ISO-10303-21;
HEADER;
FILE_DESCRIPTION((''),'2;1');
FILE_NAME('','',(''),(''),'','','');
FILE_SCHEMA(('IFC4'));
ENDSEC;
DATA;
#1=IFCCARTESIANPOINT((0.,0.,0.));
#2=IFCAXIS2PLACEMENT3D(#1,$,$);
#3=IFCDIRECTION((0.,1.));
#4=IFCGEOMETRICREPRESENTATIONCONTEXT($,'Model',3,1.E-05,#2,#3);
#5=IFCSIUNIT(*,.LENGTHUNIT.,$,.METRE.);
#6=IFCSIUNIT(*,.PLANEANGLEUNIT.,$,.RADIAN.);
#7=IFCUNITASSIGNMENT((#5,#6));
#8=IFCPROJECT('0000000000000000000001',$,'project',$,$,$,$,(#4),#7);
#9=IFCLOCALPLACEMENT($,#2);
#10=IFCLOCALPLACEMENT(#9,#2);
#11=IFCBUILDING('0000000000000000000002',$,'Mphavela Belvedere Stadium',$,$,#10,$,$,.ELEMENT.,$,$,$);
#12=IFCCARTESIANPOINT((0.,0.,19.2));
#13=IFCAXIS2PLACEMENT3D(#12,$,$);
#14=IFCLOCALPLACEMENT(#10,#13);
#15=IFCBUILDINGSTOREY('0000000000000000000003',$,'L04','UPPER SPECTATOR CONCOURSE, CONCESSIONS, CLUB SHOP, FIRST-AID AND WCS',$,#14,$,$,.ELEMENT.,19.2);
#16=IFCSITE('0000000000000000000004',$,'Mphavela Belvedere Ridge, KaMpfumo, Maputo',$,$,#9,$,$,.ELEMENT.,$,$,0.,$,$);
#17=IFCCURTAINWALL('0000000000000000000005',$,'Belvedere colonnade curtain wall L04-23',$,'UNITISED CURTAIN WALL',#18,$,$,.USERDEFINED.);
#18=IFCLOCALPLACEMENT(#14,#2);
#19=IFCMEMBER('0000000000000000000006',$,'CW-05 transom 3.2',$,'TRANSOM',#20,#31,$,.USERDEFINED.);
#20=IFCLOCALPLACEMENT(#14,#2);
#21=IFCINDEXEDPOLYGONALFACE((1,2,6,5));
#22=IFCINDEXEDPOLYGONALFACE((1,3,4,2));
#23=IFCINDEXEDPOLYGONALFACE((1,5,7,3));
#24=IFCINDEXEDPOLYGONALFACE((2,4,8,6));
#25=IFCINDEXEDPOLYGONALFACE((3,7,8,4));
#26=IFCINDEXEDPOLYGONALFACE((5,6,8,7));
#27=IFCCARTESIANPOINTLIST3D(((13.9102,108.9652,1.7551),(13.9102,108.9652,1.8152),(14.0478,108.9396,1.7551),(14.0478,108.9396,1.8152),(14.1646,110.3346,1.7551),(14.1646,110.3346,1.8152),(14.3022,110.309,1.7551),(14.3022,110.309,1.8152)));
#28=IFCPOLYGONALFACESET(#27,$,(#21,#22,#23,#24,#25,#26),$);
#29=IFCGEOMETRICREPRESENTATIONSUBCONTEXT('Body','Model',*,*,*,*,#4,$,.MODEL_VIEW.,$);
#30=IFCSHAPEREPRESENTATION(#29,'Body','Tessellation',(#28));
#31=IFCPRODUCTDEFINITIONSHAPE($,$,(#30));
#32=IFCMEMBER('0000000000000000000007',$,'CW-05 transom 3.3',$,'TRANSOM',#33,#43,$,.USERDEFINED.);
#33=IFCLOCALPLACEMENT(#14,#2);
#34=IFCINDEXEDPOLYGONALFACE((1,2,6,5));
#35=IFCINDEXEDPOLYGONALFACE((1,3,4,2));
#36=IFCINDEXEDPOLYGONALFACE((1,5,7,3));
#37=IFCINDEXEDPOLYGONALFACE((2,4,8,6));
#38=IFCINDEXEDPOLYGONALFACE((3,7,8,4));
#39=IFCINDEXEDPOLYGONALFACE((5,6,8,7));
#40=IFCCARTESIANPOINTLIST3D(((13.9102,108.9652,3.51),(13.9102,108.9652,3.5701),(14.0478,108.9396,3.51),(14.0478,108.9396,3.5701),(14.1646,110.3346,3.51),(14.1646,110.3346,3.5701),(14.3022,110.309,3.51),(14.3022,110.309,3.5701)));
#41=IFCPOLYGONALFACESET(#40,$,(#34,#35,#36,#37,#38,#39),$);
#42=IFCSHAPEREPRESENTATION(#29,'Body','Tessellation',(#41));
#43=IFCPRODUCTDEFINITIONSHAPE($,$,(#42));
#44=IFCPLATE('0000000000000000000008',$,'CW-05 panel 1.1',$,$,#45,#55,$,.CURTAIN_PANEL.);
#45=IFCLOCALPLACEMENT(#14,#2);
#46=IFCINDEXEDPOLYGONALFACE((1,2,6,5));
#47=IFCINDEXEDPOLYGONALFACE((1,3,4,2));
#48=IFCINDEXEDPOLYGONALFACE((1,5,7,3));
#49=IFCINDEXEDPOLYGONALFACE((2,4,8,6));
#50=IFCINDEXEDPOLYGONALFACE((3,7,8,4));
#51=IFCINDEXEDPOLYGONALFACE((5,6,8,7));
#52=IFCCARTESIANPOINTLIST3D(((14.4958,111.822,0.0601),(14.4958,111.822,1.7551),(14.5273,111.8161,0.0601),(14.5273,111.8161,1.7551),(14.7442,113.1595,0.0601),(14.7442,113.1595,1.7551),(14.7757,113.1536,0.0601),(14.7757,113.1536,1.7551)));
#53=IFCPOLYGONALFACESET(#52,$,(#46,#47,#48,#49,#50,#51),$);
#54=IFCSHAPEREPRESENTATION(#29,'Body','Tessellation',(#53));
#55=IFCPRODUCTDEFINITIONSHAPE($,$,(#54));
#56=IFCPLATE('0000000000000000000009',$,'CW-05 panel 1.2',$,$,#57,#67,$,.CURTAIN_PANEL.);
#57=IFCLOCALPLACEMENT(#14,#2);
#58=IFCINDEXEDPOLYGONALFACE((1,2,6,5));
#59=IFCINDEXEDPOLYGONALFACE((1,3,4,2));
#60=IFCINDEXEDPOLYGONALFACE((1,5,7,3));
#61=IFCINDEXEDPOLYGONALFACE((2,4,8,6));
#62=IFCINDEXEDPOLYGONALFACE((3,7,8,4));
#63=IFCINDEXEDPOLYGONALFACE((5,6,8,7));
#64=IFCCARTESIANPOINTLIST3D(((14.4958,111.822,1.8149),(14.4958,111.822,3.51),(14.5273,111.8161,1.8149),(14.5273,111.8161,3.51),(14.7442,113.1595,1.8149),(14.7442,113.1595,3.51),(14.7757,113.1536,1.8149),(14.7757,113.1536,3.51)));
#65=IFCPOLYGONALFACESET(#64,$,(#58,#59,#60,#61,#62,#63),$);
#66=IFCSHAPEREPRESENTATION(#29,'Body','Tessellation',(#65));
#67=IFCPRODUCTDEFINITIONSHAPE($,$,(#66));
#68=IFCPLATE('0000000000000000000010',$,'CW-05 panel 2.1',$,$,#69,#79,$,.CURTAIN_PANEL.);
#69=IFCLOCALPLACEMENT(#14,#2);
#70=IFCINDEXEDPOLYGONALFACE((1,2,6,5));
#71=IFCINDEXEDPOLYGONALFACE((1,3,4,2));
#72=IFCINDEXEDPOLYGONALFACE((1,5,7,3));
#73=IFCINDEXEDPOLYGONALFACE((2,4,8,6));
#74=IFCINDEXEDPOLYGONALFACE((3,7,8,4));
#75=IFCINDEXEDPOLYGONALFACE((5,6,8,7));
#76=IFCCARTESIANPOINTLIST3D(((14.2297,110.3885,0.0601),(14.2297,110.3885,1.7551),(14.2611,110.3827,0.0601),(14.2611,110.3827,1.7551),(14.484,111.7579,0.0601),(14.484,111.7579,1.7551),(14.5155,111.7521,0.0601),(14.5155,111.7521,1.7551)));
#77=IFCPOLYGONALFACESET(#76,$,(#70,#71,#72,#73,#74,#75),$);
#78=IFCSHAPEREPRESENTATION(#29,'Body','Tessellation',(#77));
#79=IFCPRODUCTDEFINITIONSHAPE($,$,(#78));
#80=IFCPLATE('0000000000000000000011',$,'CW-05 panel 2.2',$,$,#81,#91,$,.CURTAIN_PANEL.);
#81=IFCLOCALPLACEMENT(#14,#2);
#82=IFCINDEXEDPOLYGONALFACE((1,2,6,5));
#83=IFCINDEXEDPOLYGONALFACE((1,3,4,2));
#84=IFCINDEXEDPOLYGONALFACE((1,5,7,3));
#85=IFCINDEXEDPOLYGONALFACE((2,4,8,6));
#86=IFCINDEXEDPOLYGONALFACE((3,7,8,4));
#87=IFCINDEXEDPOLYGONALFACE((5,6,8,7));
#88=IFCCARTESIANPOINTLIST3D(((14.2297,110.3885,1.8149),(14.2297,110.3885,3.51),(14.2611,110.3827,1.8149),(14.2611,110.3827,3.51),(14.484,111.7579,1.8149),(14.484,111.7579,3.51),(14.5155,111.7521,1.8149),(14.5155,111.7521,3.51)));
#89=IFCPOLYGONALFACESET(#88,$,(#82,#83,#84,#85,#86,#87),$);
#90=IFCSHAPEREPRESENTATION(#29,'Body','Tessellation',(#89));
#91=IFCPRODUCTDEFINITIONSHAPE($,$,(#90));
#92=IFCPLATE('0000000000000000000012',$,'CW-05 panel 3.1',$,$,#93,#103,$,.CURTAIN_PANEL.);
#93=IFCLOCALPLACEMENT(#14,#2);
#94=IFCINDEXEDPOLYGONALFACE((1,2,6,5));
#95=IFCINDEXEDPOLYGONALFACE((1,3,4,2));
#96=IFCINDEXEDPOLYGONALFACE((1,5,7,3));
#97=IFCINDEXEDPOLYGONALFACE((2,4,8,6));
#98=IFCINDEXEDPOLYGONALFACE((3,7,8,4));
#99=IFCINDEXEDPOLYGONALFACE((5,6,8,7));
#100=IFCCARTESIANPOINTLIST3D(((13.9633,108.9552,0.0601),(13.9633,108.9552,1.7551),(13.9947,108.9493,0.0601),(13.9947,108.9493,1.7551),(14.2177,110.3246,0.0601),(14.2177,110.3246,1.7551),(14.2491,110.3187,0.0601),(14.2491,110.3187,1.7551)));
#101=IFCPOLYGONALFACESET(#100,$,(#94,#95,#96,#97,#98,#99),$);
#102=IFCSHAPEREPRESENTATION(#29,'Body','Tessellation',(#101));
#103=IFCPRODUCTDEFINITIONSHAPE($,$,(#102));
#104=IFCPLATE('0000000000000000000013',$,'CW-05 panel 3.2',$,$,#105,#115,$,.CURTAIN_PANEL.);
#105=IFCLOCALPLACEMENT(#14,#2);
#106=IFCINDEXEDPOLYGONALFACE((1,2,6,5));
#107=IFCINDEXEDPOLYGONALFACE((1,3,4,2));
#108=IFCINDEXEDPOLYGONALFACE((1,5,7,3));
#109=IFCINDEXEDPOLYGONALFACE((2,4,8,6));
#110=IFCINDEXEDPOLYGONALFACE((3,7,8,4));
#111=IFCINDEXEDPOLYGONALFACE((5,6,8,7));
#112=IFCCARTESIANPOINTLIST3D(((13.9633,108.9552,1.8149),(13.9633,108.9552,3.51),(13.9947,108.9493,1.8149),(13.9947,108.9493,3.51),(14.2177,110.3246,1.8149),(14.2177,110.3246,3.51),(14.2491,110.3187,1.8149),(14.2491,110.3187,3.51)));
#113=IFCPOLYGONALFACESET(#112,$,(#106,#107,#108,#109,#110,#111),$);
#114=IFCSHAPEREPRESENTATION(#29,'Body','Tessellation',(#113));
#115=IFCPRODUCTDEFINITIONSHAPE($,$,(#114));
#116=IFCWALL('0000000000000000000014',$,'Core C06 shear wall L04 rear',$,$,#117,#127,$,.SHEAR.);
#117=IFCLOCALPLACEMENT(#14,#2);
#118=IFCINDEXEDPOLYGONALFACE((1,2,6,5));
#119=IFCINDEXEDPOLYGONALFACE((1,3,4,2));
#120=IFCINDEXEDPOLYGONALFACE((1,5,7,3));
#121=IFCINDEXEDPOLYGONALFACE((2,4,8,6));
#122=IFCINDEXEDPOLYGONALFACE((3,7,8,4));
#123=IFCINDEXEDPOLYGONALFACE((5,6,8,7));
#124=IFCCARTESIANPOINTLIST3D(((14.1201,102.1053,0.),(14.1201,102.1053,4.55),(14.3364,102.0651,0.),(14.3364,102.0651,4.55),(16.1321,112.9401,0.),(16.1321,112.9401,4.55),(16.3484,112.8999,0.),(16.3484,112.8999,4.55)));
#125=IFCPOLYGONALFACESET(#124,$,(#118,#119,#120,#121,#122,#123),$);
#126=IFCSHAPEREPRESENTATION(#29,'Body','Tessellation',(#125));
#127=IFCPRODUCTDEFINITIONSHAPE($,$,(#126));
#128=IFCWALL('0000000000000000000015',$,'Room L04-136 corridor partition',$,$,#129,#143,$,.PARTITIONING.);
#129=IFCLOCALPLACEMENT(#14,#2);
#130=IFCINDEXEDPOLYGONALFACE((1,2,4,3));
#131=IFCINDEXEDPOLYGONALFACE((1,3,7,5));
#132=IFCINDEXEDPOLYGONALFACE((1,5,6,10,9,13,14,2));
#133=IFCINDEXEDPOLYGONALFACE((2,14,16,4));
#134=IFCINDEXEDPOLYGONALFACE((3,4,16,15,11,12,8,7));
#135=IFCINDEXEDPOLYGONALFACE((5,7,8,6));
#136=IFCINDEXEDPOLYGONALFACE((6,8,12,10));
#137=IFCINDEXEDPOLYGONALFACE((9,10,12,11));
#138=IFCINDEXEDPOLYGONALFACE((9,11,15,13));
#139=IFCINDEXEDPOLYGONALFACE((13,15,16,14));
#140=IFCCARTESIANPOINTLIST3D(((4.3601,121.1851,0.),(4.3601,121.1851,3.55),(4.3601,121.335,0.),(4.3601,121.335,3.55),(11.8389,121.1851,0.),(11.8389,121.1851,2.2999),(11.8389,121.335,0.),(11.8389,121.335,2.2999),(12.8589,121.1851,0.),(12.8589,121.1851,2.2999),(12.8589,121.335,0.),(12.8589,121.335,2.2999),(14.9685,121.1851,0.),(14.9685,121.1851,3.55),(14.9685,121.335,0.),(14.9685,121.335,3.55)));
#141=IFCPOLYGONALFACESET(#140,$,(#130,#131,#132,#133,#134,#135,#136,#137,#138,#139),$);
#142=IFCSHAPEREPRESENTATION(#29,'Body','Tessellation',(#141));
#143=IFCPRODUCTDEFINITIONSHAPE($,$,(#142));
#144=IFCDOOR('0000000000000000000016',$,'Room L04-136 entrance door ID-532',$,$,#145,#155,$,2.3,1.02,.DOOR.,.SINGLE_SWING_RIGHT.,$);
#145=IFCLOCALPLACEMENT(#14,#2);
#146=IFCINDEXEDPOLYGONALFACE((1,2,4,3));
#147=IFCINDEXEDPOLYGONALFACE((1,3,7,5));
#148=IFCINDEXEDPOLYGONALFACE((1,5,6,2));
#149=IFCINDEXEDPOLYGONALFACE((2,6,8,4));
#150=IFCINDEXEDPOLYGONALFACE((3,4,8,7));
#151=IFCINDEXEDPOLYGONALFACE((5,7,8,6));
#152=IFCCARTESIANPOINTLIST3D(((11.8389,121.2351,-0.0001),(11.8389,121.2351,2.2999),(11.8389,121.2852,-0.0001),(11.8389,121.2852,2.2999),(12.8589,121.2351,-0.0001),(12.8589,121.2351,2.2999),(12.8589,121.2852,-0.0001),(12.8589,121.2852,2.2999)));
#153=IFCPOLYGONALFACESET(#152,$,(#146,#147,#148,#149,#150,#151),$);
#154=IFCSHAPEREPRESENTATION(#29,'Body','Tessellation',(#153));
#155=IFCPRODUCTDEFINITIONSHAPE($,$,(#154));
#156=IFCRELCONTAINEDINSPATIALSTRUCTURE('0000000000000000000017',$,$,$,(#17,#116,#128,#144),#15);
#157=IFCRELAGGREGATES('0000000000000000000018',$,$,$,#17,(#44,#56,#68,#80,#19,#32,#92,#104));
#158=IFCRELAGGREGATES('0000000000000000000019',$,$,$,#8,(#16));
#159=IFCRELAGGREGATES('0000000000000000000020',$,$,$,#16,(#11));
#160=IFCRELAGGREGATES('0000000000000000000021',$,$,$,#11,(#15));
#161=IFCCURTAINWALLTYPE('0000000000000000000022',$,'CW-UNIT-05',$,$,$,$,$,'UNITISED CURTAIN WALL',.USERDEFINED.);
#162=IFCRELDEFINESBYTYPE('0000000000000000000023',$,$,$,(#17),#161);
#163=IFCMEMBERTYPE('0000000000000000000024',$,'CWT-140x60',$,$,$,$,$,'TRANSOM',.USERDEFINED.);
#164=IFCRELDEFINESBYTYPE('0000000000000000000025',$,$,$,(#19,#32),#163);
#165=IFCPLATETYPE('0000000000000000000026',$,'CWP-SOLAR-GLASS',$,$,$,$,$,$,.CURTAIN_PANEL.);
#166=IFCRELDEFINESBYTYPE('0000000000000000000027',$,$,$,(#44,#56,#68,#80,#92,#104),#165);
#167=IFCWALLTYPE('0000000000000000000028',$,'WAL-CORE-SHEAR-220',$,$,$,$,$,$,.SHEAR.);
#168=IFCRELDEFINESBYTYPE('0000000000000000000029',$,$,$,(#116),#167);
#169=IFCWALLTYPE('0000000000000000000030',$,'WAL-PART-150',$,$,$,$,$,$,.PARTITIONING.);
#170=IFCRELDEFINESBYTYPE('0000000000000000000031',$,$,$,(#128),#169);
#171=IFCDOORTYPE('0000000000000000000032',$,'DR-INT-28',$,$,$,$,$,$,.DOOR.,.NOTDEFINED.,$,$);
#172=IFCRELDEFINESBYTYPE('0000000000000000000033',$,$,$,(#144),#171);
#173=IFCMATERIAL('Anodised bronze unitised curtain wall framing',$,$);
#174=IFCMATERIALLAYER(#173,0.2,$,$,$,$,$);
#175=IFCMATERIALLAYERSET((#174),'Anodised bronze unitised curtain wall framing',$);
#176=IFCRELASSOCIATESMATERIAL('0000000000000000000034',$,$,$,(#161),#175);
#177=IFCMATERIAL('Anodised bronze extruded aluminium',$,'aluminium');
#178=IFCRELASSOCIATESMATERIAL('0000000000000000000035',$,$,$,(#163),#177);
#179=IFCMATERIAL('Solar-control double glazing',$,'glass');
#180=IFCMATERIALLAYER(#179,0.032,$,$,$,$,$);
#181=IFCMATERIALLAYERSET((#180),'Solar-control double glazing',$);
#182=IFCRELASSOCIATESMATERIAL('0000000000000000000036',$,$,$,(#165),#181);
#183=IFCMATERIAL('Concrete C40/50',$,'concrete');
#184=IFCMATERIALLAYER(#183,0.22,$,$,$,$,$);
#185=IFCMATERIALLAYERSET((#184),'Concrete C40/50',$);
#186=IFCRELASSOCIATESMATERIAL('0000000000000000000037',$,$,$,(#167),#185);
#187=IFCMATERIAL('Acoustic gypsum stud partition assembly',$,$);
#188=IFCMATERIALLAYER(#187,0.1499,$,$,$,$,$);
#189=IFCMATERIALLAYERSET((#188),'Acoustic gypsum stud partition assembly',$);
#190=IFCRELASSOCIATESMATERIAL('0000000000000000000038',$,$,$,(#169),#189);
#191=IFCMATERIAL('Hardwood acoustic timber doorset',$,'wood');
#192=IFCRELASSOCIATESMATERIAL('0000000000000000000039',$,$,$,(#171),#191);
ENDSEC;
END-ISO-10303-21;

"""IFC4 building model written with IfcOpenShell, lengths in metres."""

from ifc_helpers import new_model, si_unit, direction, frame, frame_2d, origin, origin_2d, place, context, subcontext, project, spatial, rectangle, extrude, material, layer, layer_set, material_profile, profile_set, type_object, element, fill, aggregate, save


model = new_model("IFC4")

# Units and contexts
model_context = context("Model", 3, precision=1e-05, world=origin(), true_north=direction((0.0, 1.0)))
body_context = subcontext(model_context, "Body", "Model", "MODEL_VIEW")
ifc_project = project(units=[si_unit("LENGTHUNIT", "METRE"), si_unit("PLANEANGLEUNIT", "RADIAN")], contexts=[model_context])

# Site, building, storey
site_placement = place(None, origin())
site = spatial("IfcSite", under=ifc_project, at=site_placement, Name="Mphavela Belvedere Ridge, KaMpfumo, Maputo", CompositionType="ELEMENT", RefElevation=0.0)
building_placement = place(site_placement, origin())
building = spatial("IfcBuilding", under=site, at=building_placement, Name="Mphavela Belvedere Stadium", CompositionType="ELEMENT")
storey_placement = place(building_placement, frame((0.0, 0.0, 19.2)))
storey = spatial("IfcBuildingStorey", under=building, at=storey_placement, Name="L04", Description="UPPER SPECTATOR CONCOURSE, CONCESSIONS, CLUB SHOP, FIRST-AID AND WCS", CompositionType="ELEMENT", Elevation=19.2)

# Curtain wall, members, plates
ifc_material_1 = material(Name="Anodised bronze unitised curtain wall framing")
ifc_layer_1 = layer(ifc_material_1, 0.2)
ifc_layer_set_1 = layer_set([ifc_layer_1], Name="Anodised bronze unitised curtain wall framing")
curtain_wall_type = type_object("IfcCurtainWallType", Name="CW-UNIT-05", ElementType="UNITISED CURTAIN WALL", PredefinedType="USERDEFINED", material=ifc_layer_set_1)
curtain_wall_placement = place(storey_placement, origin())
curtain_wall = element("IfcCurtainWall", 1, at=curtain_wall_placement, inside=storey, type_object=curtain_wall_type, Name="Belvedere colonnade curtain wall L04-23", ObjectType="UNITISED CURTAIN WALL", PredefinedType="USERDEFINED")
ifc_material_2 = material(Name="Anodised bronze extruded aluminium", Category="aluminium")
ifc_material_profile_1 = material_profile(ifc_material_2, rectangle(XDim=0.1399, YDim=0.0601, at=origin_2d()), Name="CW-TRN 140x60")
ifc_profile_set_1 = profile_set([ifc_material_profile_1], Name="Anodised bronze extruded aluminium")
member_type_1 = type_object("IfcMemberType", Name="CWT-140x60", ElementType="TRANSOM", PredefinedType="USERDEFINED", material=ifc_profile_set_1)
member_1_placement = place(storey_placement, frame((14.2334, 110.3218, 1.7852), z_axis=(-0.182648, -0.983178, 0.0), x_axis=(0.983178, -0.182648, 0.0)))
member_1 = element("IfcMember", 2, at=member_1_placement, type_object=member_type_1, Name="CW-05 transom 3.2", ObjectType="TRANSOM", PredefinedType="USERDEFINED", context=body_context, shape_type="SweptSolid", body=[
    extrude(rectangle(XDim=0.1399, YDim=0.0601, at=origin_2d()), origin(), (0.0, 0.0, 1.0), 1.3928),
])
member_2_placement = place(storey_placement, frame((14.2334, 110.3218, 3.54), z_axis=(-0.182648, -0.983178, 0.0), x_axis=(0.983178, -0.182648, 0.0)))
member_2 = element("IfcMember", 3, at=member_2_placement, type_object=member_type_1, Name="CW-05 transom 3.3", ObjectType="TRANSOM", PredefinedType="USERDEFINED", context=body_context, shape_type="SweptSolid", body=[
    extrude(rectangle(XDim=0.1399, YDim=0.0601, at=origin_2d()), origin(), (0.0, 0.0, 1.0), 1.3928),
])
ifc_material_3 = material(Name="Solar-control double glazing", Category="glass")
ifc_layer_2 = layer(ifc_material_3, 0.032)
ifc_layer_set_2 = layer_set([ifc_layer_2], Name="Solar-control double glazing")
plate_type = type_object("IfcPlateType", Name="CWP-SOLAR-GLASS", PredefinedType="CURTAIN_PANEL", material=ifc_layer_set_2)
plate_1_placement = place(storey_placement, frame((14.6357, 112.4878, 0.0601), z_axis=(0.0, 0.0, 1.0), x_axis=(-0.182618, -0.983184, 0.0)))
plate_1 = element("IfcPlate", 4, at=plate_1_placement, type_object=plate_type, Name="CW-05 panel 1.1", PredefinedType="CURTAIN_PANEL", context=body_context, shape_type="SweptSolid", body=[
    extrude(rectangle(XDim=1.3604, YDim=0.032, at=origin_2d()), origin(), (0.0, 0.0, 1.0), 1.6951),
])
plate_2_placement = place(storey_placement, frame((14.6357, 112.4878, 1.8149), z_axis=(0.0, 0.0, 1.0), x_axis=(-0.182618, -0.983184, 0.0)))
plate_2 = element("IfcPlate", 5, at=plate_2_placement, type_object=plate_type, Name="CW-05 panel 1.2", PredefinedType="CURTAIN_PANEL", context=body_context, shape_type="SweptSolid", body=[
    extrude(rectangle(XDim=1.3604, YDim=0.032, at=origin_2d()), origin(), (0.0, 0.0, 1.0), 1.6951),
])
plate_3_placement = place(storey_placement, frame((14.3726, 111.0703, 0.0601), z_axis=(0.0, 0.0, 1.0), x_axis=(-0.182618, -0.983184, 0.0)))
plate_3 = element("IfcPlate", 6, at=plate_3_placement, type_object=plate_type, Name="CW-05 panel 2.1", PredefinedType="CURTAIN_PANEL", context=body_context, shape_type="SweptSolid", body=[
    extrude(rectangle(XDim=1.3928, YDim=0.032, at=origin_2d()), origin(), (0.0, 0.0, 1.0), 1.6951),
])
plate_4_placement = place(storey_placement, frame((14.3726, 111.0703, 1.8149), z_axis=(0.0, 0.0, 1.0), x_axis=(-0.182618, -0.983184, 0.0)))
plate_4 = element("IfcPlate", 7, at=plate_4_placement, type_object=plate_type, Name="CW-05 panel 2.2", PredefinedType="CURTAIN_PANEL", context=body_context, shape_type="SweptSolid", body=[
    extrude(rectangle(XDim=1.3928, YDim=0.032, at=origin_2d()), origin(), (0.0, 0.0, 1.0), 1.6951),
])
plate_5_placement = place(storey_placement, frame((14.1062, 109.637, 0.0601), z_axis=(0.0, 0.0, 1.0), x_axis=(-0.182618, -0.983184, 0.0)))
plate_5 = element("IfcPlate", 8, at=plate_5_placement, type_object=plate_type, Name="CW-05 panel 3.1", PredefinedType="CURTAIN_PANEL", context=body_context, shape_type="SweptSolid", body=[
    extrude(rectangle(XDim=1.3928, YDim=0.032, at=origin_2d()), origin(), (0.0, 0.0, 1.0), 1.6951),
])
plate_6_placement = place(storey_placement, frame((14.1062, 109.637, 1.8149), z_axis=(0.0, 0.0, 1.0), x_axis=(-0.182618, -0.983184, 0.0)))
plate_6 = element("IfcPlate", 9, at=plate_6_placement, type_object=plate_type, Name="CW-05 panel 3.2", PredefinedType="CURTAIN_PANEL", context=body_context, shape_type="SweptSolid", body=[
    extrude(rectangle(XDim=1.3928, YDim=0.032, at=origin_2d()), origin(), (0.0, 0.0, 1.0), 1.6951),
])
aggregate(curtain_wall, [plate_1, plate_2, plate_3, plate_4, member_1, member_2, plate_5, plate_6])

# Wall
ifc_material_4 = material(Name="Concrete C40/50", Category="concrete")
ifc_layer_3 = layer(ifc_material_4, 0.22)
ifc_layer_set_3 = layer_set([ifc_layer_3], Name="Concrete C40/50")
wall_type_1 = type_object("IfcWallType", Name="WAL-CORE-SHEAR-220", PredefinedType="SHEAR", material=ifc_layer_set_3)
wall_1_placement = place(storey_placement, frame((14.2283, 102.0852, 0.0), z_axis=(0.0, 0.0, 1.0), x_axis=(0.182575, 0.983192, 0.0)))
element("IfcWall", 10, at=wall_1_placement, inside=storey, type_object=wall_type_1, Name="Core C06 shear wall L04 rear", PredefinedType="SHEAR", context=body_context, shape_type="SweptSolid", body=[
    extrude(rectangle(XDim=11.02, YDim=0.22, at=frame_2d((5.51, 0.0))), origin(), (0.0, 0.0, 1.0), 4.55),
])

# Wall, opening, door
ifc_material_5 = material(Name="Acoustic gypsum stud partition assembly")
ifc_layer_4 = layer(ifc_material_5, 0.1499)
ifc_layer_set_4 = layer_set([ifc_layer_4], Name="Acoustic gypsum stud partition assembly")
wall_type_2 = type_object("IfcWallType", Name="WAL-PART-150", PredefinedType="PARTITIONING", material=ifc_layer_set_4)
wall_2_placement = place(storey_placement, frame((14.9685, 121.26, 0.0), z_axis=(0.0, 0.0, 1.0), x_axis=(-1.0, 0.0, 0.0)))
wall_2 = element("IfcWall", 11, at=wall_2_placement, inside=storey, type_object=wall_type_2, Name="Room L04-136 corridor partition", PredefinedType="PARTITIONING", context=body_context, shape_type="SweptSolid", body=[
    extrude(rectangle(XDim=10.6084, YDim=0.1499, at=frame_2d((5.3042, 0.0))), origin(), (0.0, 0.0, 1.0), 3.55),
])
opening_1_placement = place(wall_2_placement, frame((2.1096, 0.0, 0.0)))
opening_1 = element("IfcOpeningElement", 12, at=opening_1_placement, cuts=wall_2, PredefinedType="OPENING", context=body_context, shape_type="SweptSolid", body=[
    extrude(rectangle(XDim=1.02, YDim=2.3, at=frame_2d((0.51, 1.1499))), frame((0.0, 0.085, 0.0), z_axis=(0.0, -1.0, 0.0), x_axis=(1.0, 0.0, 0.0)), (0.0, 0.0, 1.0), 0.1699),
])
ifc_material_6 = material(Name="Hardwood acoustic timber doorset", Category="wood")
door_type_1 = type_object("IfcDoorType", Name="DR-INT-28", OperationType="NOTDEFINED", PredefinedType="DOOR", material=ifc_material_6)
door_1_placement = place(opening_1_placement, origin())
door_1 = element("IfcDoor", 13, at=door_1_placement, inside=storey, type_object=door_type_1, Name="Room L04-136 entrance door ID-532", OperationType="SINGLE_SWING_RIGHT", OverallHeight=2.3, OverallWidth=1.02, PredefinedType="DOOR", context=body_context, shape_type="SweptSolid", body=[
    extrude(rectangle(XDim=1.02, YDim=2.3, at=frame_2d((0.51, 1.1499))), frame((0.0, 0.0249, 0.0), z_axis=(0.0, -1.0, 0.0), x_axis=(1.0, 0.0, 0.0)), (0.0, 0.0, 1.0), 0.05),
])
fill(opening_1, door_1)

save(model, "model.ifc")
